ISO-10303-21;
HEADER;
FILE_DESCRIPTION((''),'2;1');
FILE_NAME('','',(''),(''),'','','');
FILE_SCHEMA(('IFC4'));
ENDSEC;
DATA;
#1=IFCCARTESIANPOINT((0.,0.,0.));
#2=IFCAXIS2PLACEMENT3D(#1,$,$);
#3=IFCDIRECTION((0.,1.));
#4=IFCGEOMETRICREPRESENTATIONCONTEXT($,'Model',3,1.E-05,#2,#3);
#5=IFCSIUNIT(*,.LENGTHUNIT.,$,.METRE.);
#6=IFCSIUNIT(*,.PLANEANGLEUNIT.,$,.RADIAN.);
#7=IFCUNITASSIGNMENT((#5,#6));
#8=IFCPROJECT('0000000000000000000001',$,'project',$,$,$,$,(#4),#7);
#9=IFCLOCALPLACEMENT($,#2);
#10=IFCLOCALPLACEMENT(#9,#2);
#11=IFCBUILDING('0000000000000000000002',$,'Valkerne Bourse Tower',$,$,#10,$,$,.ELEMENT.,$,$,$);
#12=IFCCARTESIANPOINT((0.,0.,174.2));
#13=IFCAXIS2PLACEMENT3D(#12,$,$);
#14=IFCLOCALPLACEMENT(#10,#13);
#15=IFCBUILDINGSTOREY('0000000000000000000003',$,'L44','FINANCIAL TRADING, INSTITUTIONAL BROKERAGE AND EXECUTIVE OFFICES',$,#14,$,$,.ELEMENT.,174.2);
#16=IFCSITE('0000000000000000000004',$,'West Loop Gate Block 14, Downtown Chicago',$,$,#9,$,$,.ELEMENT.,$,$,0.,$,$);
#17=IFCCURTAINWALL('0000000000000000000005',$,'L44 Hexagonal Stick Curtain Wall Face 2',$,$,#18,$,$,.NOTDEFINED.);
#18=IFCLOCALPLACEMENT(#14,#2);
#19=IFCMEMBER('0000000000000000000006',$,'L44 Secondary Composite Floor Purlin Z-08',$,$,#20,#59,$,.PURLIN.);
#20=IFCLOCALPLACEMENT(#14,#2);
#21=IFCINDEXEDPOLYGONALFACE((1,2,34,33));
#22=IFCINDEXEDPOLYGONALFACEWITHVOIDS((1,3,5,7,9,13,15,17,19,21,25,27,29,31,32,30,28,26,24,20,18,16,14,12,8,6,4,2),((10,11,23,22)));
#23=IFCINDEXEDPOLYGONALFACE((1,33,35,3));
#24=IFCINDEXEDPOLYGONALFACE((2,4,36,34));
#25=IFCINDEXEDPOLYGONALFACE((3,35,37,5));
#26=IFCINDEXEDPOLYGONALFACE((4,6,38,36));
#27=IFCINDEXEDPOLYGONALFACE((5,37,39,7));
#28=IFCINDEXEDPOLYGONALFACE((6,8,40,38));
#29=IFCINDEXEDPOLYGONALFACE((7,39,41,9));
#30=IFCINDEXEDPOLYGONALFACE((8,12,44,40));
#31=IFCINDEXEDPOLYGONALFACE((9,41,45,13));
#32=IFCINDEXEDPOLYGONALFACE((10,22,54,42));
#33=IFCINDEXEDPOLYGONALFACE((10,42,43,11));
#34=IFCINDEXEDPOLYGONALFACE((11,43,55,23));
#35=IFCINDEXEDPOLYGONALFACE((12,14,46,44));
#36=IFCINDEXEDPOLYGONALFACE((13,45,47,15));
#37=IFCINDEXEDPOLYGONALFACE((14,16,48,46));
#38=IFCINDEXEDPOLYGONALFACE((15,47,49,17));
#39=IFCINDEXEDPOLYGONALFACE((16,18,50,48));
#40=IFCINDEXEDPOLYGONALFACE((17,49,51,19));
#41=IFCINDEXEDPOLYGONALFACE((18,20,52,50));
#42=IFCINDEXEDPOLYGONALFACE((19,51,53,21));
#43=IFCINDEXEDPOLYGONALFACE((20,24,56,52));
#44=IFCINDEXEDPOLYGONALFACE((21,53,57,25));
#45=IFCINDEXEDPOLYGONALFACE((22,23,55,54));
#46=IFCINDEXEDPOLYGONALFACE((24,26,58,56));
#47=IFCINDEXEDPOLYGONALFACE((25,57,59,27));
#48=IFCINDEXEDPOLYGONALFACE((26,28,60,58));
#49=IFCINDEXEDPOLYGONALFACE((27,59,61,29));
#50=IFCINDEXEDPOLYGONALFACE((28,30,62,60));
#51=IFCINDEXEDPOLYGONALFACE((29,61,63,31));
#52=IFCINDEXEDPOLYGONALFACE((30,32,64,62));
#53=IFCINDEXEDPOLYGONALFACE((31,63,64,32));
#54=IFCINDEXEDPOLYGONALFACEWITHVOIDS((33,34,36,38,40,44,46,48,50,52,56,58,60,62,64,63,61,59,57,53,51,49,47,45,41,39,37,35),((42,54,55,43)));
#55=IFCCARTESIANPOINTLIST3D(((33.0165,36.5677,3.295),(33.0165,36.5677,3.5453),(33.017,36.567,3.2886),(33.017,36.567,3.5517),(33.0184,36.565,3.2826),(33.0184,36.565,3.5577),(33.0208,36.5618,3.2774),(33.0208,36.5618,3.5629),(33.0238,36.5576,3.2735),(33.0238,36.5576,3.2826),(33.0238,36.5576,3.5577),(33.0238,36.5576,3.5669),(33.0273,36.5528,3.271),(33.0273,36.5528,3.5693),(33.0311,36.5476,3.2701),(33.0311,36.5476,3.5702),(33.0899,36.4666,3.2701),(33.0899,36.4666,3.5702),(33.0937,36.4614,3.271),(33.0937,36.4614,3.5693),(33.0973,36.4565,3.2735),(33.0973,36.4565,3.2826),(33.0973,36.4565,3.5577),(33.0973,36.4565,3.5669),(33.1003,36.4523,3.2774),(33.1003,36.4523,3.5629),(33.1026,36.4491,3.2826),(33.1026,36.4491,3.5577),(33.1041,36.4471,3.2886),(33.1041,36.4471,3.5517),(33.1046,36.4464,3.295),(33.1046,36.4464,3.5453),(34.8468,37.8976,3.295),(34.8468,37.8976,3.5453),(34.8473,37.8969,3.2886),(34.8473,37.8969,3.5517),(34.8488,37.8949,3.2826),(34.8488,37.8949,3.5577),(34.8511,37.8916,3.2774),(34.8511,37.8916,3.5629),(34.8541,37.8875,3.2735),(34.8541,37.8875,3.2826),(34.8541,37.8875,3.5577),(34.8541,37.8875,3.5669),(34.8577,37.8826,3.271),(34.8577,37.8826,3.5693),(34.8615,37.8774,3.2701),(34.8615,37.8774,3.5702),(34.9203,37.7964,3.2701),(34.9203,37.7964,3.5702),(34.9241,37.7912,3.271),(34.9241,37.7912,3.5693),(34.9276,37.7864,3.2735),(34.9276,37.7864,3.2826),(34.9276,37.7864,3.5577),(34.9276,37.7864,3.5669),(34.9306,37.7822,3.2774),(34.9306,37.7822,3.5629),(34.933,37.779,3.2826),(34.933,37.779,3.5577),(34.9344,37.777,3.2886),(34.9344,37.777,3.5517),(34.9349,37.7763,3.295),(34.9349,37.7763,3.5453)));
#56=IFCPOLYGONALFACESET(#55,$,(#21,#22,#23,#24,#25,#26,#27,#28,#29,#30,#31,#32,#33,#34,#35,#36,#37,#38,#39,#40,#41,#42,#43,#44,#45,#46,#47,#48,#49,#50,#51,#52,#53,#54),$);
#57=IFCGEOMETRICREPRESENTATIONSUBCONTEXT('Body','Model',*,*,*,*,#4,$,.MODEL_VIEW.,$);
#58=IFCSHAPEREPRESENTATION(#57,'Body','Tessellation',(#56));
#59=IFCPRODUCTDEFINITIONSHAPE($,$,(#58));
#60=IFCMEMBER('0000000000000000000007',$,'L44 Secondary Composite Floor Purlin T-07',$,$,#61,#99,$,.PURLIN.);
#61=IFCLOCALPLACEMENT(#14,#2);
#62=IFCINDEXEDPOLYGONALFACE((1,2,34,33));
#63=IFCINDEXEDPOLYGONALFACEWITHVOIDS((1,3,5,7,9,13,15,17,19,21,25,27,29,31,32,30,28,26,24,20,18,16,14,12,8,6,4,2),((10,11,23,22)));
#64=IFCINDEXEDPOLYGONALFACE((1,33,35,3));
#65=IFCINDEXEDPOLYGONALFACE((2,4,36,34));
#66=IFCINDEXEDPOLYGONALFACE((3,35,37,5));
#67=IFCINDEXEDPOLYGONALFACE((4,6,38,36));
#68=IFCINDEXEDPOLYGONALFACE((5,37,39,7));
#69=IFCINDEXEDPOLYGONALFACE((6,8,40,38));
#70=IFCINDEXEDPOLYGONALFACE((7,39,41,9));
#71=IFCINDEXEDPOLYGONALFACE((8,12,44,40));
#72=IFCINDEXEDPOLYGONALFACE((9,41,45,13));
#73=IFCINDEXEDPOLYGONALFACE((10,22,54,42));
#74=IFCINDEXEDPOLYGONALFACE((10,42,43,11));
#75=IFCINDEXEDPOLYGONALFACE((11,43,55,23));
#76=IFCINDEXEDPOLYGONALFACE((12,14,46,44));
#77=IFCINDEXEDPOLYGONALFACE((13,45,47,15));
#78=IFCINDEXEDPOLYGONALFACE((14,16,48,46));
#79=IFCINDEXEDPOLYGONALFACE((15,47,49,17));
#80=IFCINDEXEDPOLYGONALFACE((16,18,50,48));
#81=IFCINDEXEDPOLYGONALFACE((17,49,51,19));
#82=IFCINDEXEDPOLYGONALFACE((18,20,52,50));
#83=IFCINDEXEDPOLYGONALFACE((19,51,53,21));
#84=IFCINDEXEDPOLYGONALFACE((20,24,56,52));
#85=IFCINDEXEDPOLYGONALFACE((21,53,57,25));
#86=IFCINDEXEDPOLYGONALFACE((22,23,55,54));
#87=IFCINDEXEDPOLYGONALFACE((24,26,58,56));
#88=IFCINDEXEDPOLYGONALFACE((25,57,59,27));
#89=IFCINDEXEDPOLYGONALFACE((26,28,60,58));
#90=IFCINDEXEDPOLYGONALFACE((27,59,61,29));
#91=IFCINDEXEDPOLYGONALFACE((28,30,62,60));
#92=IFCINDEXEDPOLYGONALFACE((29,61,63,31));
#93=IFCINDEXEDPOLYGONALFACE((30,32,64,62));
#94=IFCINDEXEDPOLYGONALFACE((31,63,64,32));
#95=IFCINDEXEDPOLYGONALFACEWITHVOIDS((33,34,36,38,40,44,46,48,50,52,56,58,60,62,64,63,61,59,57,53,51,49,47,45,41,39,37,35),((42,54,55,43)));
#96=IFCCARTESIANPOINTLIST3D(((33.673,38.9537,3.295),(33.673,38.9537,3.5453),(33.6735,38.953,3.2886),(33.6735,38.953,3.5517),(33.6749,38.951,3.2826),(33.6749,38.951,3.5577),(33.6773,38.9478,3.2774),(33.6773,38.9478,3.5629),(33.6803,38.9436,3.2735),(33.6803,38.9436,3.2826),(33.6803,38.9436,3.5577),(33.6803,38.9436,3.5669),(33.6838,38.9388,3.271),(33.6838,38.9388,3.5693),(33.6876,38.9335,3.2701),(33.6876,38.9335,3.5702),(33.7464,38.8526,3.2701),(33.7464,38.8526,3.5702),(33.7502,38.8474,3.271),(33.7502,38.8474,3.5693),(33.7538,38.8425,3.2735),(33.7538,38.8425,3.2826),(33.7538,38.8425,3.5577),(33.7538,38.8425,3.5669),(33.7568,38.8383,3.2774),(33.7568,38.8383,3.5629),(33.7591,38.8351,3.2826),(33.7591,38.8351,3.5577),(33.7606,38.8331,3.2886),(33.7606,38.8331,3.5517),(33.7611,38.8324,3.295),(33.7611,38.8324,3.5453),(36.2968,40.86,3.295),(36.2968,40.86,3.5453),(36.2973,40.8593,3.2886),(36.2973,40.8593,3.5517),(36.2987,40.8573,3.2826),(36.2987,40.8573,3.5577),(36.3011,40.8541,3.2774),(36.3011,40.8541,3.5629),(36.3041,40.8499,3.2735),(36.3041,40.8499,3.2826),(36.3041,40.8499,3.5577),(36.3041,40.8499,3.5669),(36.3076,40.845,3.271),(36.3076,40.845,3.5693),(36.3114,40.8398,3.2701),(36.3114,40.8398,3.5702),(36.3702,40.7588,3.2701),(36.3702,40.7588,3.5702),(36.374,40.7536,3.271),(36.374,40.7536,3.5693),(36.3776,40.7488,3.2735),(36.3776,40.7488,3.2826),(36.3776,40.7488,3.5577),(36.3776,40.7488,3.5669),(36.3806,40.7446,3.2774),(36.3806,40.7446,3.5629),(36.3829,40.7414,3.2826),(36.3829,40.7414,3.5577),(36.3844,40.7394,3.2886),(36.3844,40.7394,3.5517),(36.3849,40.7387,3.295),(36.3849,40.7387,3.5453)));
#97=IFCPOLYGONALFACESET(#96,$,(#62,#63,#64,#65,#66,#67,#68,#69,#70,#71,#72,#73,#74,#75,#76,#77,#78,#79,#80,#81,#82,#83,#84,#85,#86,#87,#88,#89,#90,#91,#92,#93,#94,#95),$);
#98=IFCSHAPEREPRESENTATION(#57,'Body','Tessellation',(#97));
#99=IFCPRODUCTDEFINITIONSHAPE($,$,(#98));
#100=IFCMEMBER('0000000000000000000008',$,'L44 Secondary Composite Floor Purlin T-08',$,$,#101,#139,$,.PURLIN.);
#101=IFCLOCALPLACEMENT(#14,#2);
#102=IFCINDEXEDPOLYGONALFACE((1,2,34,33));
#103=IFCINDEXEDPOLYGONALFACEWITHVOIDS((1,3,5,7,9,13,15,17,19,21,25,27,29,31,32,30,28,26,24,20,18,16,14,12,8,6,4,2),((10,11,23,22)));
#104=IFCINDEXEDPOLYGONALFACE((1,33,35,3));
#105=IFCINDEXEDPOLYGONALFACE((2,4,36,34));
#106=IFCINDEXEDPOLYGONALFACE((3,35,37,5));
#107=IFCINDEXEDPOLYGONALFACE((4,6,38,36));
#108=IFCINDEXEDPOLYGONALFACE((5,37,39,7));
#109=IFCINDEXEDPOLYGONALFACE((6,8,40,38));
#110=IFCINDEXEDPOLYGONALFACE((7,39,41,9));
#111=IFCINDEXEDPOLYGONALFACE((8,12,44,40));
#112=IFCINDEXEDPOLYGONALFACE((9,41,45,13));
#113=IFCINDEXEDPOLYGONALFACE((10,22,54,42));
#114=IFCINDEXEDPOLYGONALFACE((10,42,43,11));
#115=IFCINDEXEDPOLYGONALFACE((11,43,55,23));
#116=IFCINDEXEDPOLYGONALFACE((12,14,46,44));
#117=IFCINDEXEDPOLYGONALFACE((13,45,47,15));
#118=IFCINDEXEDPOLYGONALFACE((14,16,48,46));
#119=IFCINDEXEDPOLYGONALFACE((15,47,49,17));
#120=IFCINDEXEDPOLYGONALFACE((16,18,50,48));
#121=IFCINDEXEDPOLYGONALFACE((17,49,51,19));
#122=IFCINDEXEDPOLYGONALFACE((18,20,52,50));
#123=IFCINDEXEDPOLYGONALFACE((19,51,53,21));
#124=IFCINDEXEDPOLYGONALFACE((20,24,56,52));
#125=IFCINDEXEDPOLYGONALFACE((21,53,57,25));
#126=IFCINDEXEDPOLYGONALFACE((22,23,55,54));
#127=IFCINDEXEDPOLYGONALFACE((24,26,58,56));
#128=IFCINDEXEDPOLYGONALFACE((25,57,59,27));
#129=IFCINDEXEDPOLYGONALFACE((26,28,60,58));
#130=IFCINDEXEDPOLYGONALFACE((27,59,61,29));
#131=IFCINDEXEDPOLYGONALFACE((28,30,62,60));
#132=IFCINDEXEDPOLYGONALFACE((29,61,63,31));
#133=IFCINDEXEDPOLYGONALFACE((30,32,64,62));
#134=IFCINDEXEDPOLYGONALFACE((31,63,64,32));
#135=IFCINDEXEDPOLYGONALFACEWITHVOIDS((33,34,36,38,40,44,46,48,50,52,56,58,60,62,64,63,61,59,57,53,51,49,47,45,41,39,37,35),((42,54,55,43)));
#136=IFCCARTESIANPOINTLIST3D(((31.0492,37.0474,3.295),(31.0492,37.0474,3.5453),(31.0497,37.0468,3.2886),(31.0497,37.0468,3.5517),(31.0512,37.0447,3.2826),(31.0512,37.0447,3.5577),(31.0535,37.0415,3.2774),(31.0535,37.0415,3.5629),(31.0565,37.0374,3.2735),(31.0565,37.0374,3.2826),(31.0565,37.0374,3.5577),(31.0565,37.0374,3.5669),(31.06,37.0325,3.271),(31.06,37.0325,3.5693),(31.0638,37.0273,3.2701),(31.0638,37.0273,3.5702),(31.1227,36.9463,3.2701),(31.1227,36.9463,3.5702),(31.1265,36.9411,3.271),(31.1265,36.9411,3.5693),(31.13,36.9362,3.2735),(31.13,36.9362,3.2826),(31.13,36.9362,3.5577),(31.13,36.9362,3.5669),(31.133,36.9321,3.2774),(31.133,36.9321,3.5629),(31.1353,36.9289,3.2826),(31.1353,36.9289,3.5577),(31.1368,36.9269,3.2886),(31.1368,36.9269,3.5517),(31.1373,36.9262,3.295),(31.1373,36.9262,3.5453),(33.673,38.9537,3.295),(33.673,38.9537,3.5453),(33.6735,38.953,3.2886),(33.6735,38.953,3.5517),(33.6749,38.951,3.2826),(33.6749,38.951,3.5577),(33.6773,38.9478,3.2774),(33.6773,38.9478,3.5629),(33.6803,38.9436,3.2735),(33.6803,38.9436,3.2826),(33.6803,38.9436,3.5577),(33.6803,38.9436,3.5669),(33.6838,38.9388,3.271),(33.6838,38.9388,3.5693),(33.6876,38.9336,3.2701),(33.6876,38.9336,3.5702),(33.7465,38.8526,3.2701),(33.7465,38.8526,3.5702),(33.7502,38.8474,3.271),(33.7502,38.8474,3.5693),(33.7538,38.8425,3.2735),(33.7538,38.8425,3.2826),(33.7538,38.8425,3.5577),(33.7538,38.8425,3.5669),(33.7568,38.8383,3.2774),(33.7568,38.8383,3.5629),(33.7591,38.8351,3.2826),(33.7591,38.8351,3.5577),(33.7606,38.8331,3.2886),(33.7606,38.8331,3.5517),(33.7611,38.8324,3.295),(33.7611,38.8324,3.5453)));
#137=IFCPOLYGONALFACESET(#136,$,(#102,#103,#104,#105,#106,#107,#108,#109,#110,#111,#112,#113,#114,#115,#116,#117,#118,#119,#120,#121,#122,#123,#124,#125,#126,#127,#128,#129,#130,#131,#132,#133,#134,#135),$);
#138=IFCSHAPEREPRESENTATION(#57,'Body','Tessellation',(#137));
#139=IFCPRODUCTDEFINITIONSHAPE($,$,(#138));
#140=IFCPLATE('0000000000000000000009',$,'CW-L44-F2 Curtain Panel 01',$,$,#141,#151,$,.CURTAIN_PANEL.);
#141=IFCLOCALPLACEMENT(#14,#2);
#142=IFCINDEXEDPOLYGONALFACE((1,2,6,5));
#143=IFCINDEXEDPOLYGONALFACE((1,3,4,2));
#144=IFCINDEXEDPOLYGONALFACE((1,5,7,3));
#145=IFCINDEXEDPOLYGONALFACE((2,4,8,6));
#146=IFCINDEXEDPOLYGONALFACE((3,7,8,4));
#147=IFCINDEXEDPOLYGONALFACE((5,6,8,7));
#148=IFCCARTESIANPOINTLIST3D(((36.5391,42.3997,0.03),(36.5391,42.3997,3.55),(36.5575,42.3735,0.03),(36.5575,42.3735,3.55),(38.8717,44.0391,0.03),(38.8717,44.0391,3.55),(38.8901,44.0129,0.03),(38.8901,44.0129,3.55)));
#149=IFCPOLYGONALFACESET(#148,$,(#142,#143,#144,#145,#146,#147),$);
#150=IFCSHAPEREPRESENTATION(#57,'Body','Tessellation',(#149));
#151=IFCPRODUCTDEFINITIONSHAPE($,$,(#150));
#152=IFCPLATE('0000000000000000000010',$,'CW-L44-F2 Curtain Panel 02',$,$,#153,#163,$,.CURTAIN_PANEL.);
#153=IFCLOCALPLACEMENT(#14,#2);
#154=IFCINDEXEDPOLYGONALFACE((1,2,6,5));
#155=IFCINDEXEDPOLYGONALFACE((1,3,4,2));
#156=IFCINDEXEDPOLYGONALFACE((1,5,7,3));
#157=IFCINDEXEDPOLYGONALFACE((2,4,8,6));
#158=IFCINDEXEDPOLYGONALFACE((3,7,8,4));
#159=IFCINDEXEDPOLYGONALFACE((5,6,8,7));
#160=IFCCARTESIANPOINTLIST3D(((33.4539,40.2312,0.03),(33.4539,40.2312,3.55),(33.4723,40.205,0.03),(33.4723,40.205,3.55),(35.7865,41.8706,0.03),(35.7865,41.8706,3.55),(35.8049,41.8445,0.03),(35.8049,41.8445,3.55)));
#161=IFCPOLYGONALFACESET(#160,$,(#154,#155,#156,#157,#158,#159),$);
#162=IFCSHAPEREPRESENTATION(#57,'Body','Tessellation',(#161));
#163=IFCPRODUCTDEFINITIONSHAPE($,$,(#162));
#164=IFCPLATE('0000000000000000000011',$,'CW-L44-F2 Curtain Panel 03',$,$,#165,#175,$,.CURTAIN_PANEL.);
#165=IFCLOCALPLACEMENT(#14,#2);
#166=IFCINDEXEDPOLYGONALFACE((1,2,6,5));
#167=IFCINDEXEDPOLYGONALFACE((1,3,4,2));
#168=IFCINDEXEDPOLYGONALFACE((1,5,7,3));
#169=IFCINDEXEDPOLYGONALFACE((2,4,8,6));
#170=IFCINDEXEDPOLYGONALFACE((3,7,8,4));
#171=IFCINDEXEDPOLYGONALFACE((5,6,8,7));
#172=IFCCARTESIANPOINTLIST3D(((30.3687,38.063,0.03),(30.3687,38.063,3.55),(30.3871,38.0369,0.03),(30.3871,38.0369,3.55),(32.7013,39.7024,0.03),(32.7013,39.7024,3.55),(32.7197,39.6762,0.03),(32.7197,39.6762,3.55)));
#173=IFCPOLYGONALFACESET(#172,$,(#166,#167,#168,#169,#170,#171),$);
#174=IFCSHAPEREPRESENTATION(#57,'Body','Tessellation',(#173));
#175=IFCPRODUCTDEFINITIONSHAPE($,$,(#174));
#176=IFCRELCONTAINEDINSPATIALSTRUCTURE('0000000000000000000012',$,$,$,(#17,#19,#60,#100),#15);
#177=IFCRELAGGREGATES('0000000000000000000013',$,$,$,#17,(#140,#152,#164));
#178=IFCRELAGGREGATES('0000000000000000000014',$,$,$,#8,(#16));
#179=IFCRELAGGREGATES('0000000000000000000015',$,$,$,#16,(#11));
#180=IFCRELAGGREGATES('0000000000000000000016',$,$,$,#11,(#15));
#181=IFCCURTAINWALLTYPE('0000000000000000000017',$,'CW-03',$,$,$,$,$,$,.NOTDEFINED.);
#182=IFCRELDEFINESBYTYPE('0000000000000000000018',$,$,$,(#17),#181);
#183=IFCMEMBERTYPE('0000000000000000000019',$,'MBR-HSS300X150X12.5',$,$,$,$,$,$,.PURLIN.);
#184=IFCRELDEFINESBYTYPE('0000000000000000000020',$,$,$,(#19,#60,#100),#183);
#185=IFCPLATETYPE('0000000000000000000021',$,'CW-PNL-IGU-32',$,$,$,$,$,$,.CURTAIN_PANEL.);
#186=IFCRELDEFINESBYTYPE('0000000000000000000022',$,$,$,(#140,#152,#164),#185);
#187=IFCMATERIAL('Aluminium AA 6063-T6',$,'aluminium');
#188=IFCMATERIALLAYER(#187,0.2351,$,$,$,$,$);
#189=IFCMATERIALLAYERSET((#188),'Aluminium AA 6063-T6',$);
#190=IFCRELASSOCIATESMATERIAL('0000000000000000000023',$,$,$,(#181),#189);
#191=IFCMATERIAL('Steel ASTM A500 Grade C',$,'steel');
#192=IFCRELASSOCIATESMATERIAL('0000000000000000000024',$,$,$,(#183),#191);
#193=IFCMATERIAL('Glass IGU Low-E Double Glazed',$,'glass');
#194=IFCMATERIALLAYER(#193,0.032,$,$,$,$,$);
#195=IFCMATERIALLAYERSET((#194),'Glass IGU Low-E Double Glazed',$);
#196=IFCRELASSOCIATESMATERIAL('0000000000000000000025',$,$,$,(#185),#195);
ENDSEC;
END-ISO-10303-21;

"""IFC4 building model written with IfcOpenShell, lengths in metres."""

from ifc_helpers import new_model, si_unit, direction, frame, origin, origin_2d, place, context, subcontext, project, spatial, rectangle, hollow_rectangle, extrude, material, layer, layer_set, material_profile, profile_set, type_object, element, aggregate, save


model = new_model("IFC4")

# Units and contexts
model_context = context("Model", 3, precision=1e-05, world=origin(), true_north=direction((0.0, 1.0)))
body_context = subcontext(model_context, "Body", "Model", "MODEL_VIEW")
ifc_project = project(units=[si_unit("LENGTHUNIT", "METRE"), si_unit("PLANEANGLEUNIT", "RADIAN")], contexts=[model_context])

# Site, building, storey
site_placement = place(None, origin())
site = spatial("IfcSite", under=ifc_project, at=site_placement, Name="West Loop Gate Block 14, Downtown Chicago", CompositionType="ELEMENT", RefElevation=0.0)
building_placement = place(site_placement, origin())
building = spatial("IfcBuilding", under=site, at=building_placement, Name="Valkerne Bourse Tower", CompositionType="ELEMENT")
storey_placement = place(building_placement, frame((0.0, 0.0, 174.2)))
storey = spatial("IfcBuildingStorey", under=building, at=storey_placement, Name="L44", Description="FINANCIAL TRADING, INSTITUTIONAL BROKERAGE AND EXECUTIVE OFFICES", CompositionType="ELEMENT", Elevation=174.2)

# Curtain wall
ifc_material_1 = material(Name="Aluminium AA 6063-T6", Category="aluminium")
ifc_layer_1 = layer(ifc_material_1, 0.2351)
ifc_layer_set_1 = layer_set([ifc_layer_1], Name="Aluminium AA 6063-T6")
curtain_wall_type = type_object("IfcCurtainWallType", Name="CW-03", PredefinedType="NOTDEFINED", material=ifc_layer_set_1)
curtain_wall_placement = place(storey_placement, origin())
curtain_wall = element("IfcCurtainWall", 1, at=curtain_wall_placement, inside=storey, type_object=curtain_wall_type, Name="L44 Hexagonal Stick Curtain Wall Face 2", PredefinedType="NOTDEFINED")

# Members
ifc_material_2 = material(Name="Steel ASTM A500 Grade C", Category="steel")
ifc_material_profile_1 = material_profile(ifc_material_2, hollow_rectangle(XDim=0.1499, YDim=0.3, WallThickness=0.0125, OuterFilletRadius=0.0249, at=origin_2d()), Name="HSS300X150X12.5")
ifc_profile_set_1 = profile_set([ifc_material_profile_1], Name="Steel ASTM A500 Grade C")
member_type_1 = type_object("IfcMemberType", Name="MBR-HSS300X150X12.5", PredefinedType="PURLIN", material=ifc_profile_set_1)
member_1_placement = place(storey_placement, frame((34.8909, 37.8369, 3.4202), z_axis=(-0.809011, -0.587793, 0.0), x_axis=(0.587793, -0.809011, 0.0)))
element("IfcMember", 2, at=member_1_placement, inside=storey, type_object=member_type_1, Name="L44 Secondary Composite Floor Purlin Z-08", PredefinedType="PURLIN", context=body_context, shape_type="SweptSolid", body=[
    extrude(hollow_rectangle(XDim=0.1499, YDim=0.3, WallThickness=0.0125, OuterFilletRadius=0.0249, at=origin_2d()), origin(), (0.0, 0.0, 1.0), 2.2625),
])
for number, where, z_axis, x_axis, name in (
    (3, (36.3408, 40.7993, 3.4202), (-0.809022, -0.587778, 0.0), (0.587778, -0.809022, 0.0), "L44 Secondary Composite Floor Purlin T-07"),
    (4, (33.717, 38.8931, 3.4202), (-0.809022, -0.587778, 0.0), (0.587778, -0.809022, 0.0), "L44 Secondary Composite Floor Purlin T-08"),
):
    element("IfcMember", number, at=place(storey_placement, frame(where, z_axis=z_axis, x_axis=x_axis)), inside=storey, type_object=member_type_1, Name=name, PredefinedType="PURLIN", context=body_context, shape_type="SweptSolid", body=[
        extrude(hollow_rectangle(XDim=0.1499, YDim=0.3, WallThickness=0.0125, OuterFilletRadius=0.0249, at=origin_2d()), origin(), (0.0, 0.0, 1.0), 3.2432),
    ])

# Plates
ifc_material_3 = material(Name="Glass IGU Low-E Double Glazed", Category="glass")
ifc_layer_2 = layer(ifc_material_3, 0.032)
ifc_layer_set_2 = layer_set([ifc_layer_2], Name="Glass IGU Low-E Double Glazed")
plate_type = type_object("IfcPlateType", Name="CW-PNL-IGU-32", PredefinedType="CURTAIN_PANEL", material=ifc_layer_set_2)
plate_1_placement = place(storey_placement, frame((37.7146, 43.2063, 0.03), z_axis=(0.0, 0.0, 1.0), x_axis=(-0.81816, -0.57499, 0.0)))
plate_1 = element("IfcPlate", 5, at=plate_1_placement, type_object=plate_type, Name="CW-L44-F2 Curtain Panel 01", PredefinedType="CURTAIN_PANEL", context=body_context, shape_type="SweptSolid", body=[
    extrude(rectangle(XDim=2.8511, YDim=0.032, at=origin_2d()), origin(), (0.0, 0.0, 1.0), 3.52),
])
plate_2_placement = place(storey_placement, frame((34.6294, 41.0378, 0.03), z_axis=(0.0, 0.0, 1.0), x_axis=(-0.818139, -0.57502, 0.0)))
plate_2 = element("IfcPlate", 6, at=plate_2_placement, type_object=plate_type, Name="CW-L44-F2 Curtain Panel 02", PredefinedType="CURTAIN_PANEL", context=body_context, shape_type="SweptSolid", body=[
    extrude(rectangle(XDim=2.8511, YDim=0.032, at=origin_2d()), origin(), (0.0, 0.0, 1.0), 3.52),
])
plate_3_placement = place(storey_placement, frame((31.5442, 38.8696, 0.03), z_axis=(0.0, 0.0, 1.0), x_axis=(-0.818152, -0.575003, 0.0)))
plate_3 = element("IfcPlate", 7, at=plate_3_placement, type_object=plate_type, Name="CW-L44-F2 Curtain Panel 03", PredefinedType="CURTAIN_PANEL", context=body_context, shape_type="SweptSolid", body=[
    extrude(rectangle(XDim=2.8511, YDim=0.032, at=origin_2d()), origin(), (0.0, 0.0, 1.0), 3.52),
])
aggregate(curtain_wall, [plate_1, plate_2, plate_3])

save(model, "model.ifc")
